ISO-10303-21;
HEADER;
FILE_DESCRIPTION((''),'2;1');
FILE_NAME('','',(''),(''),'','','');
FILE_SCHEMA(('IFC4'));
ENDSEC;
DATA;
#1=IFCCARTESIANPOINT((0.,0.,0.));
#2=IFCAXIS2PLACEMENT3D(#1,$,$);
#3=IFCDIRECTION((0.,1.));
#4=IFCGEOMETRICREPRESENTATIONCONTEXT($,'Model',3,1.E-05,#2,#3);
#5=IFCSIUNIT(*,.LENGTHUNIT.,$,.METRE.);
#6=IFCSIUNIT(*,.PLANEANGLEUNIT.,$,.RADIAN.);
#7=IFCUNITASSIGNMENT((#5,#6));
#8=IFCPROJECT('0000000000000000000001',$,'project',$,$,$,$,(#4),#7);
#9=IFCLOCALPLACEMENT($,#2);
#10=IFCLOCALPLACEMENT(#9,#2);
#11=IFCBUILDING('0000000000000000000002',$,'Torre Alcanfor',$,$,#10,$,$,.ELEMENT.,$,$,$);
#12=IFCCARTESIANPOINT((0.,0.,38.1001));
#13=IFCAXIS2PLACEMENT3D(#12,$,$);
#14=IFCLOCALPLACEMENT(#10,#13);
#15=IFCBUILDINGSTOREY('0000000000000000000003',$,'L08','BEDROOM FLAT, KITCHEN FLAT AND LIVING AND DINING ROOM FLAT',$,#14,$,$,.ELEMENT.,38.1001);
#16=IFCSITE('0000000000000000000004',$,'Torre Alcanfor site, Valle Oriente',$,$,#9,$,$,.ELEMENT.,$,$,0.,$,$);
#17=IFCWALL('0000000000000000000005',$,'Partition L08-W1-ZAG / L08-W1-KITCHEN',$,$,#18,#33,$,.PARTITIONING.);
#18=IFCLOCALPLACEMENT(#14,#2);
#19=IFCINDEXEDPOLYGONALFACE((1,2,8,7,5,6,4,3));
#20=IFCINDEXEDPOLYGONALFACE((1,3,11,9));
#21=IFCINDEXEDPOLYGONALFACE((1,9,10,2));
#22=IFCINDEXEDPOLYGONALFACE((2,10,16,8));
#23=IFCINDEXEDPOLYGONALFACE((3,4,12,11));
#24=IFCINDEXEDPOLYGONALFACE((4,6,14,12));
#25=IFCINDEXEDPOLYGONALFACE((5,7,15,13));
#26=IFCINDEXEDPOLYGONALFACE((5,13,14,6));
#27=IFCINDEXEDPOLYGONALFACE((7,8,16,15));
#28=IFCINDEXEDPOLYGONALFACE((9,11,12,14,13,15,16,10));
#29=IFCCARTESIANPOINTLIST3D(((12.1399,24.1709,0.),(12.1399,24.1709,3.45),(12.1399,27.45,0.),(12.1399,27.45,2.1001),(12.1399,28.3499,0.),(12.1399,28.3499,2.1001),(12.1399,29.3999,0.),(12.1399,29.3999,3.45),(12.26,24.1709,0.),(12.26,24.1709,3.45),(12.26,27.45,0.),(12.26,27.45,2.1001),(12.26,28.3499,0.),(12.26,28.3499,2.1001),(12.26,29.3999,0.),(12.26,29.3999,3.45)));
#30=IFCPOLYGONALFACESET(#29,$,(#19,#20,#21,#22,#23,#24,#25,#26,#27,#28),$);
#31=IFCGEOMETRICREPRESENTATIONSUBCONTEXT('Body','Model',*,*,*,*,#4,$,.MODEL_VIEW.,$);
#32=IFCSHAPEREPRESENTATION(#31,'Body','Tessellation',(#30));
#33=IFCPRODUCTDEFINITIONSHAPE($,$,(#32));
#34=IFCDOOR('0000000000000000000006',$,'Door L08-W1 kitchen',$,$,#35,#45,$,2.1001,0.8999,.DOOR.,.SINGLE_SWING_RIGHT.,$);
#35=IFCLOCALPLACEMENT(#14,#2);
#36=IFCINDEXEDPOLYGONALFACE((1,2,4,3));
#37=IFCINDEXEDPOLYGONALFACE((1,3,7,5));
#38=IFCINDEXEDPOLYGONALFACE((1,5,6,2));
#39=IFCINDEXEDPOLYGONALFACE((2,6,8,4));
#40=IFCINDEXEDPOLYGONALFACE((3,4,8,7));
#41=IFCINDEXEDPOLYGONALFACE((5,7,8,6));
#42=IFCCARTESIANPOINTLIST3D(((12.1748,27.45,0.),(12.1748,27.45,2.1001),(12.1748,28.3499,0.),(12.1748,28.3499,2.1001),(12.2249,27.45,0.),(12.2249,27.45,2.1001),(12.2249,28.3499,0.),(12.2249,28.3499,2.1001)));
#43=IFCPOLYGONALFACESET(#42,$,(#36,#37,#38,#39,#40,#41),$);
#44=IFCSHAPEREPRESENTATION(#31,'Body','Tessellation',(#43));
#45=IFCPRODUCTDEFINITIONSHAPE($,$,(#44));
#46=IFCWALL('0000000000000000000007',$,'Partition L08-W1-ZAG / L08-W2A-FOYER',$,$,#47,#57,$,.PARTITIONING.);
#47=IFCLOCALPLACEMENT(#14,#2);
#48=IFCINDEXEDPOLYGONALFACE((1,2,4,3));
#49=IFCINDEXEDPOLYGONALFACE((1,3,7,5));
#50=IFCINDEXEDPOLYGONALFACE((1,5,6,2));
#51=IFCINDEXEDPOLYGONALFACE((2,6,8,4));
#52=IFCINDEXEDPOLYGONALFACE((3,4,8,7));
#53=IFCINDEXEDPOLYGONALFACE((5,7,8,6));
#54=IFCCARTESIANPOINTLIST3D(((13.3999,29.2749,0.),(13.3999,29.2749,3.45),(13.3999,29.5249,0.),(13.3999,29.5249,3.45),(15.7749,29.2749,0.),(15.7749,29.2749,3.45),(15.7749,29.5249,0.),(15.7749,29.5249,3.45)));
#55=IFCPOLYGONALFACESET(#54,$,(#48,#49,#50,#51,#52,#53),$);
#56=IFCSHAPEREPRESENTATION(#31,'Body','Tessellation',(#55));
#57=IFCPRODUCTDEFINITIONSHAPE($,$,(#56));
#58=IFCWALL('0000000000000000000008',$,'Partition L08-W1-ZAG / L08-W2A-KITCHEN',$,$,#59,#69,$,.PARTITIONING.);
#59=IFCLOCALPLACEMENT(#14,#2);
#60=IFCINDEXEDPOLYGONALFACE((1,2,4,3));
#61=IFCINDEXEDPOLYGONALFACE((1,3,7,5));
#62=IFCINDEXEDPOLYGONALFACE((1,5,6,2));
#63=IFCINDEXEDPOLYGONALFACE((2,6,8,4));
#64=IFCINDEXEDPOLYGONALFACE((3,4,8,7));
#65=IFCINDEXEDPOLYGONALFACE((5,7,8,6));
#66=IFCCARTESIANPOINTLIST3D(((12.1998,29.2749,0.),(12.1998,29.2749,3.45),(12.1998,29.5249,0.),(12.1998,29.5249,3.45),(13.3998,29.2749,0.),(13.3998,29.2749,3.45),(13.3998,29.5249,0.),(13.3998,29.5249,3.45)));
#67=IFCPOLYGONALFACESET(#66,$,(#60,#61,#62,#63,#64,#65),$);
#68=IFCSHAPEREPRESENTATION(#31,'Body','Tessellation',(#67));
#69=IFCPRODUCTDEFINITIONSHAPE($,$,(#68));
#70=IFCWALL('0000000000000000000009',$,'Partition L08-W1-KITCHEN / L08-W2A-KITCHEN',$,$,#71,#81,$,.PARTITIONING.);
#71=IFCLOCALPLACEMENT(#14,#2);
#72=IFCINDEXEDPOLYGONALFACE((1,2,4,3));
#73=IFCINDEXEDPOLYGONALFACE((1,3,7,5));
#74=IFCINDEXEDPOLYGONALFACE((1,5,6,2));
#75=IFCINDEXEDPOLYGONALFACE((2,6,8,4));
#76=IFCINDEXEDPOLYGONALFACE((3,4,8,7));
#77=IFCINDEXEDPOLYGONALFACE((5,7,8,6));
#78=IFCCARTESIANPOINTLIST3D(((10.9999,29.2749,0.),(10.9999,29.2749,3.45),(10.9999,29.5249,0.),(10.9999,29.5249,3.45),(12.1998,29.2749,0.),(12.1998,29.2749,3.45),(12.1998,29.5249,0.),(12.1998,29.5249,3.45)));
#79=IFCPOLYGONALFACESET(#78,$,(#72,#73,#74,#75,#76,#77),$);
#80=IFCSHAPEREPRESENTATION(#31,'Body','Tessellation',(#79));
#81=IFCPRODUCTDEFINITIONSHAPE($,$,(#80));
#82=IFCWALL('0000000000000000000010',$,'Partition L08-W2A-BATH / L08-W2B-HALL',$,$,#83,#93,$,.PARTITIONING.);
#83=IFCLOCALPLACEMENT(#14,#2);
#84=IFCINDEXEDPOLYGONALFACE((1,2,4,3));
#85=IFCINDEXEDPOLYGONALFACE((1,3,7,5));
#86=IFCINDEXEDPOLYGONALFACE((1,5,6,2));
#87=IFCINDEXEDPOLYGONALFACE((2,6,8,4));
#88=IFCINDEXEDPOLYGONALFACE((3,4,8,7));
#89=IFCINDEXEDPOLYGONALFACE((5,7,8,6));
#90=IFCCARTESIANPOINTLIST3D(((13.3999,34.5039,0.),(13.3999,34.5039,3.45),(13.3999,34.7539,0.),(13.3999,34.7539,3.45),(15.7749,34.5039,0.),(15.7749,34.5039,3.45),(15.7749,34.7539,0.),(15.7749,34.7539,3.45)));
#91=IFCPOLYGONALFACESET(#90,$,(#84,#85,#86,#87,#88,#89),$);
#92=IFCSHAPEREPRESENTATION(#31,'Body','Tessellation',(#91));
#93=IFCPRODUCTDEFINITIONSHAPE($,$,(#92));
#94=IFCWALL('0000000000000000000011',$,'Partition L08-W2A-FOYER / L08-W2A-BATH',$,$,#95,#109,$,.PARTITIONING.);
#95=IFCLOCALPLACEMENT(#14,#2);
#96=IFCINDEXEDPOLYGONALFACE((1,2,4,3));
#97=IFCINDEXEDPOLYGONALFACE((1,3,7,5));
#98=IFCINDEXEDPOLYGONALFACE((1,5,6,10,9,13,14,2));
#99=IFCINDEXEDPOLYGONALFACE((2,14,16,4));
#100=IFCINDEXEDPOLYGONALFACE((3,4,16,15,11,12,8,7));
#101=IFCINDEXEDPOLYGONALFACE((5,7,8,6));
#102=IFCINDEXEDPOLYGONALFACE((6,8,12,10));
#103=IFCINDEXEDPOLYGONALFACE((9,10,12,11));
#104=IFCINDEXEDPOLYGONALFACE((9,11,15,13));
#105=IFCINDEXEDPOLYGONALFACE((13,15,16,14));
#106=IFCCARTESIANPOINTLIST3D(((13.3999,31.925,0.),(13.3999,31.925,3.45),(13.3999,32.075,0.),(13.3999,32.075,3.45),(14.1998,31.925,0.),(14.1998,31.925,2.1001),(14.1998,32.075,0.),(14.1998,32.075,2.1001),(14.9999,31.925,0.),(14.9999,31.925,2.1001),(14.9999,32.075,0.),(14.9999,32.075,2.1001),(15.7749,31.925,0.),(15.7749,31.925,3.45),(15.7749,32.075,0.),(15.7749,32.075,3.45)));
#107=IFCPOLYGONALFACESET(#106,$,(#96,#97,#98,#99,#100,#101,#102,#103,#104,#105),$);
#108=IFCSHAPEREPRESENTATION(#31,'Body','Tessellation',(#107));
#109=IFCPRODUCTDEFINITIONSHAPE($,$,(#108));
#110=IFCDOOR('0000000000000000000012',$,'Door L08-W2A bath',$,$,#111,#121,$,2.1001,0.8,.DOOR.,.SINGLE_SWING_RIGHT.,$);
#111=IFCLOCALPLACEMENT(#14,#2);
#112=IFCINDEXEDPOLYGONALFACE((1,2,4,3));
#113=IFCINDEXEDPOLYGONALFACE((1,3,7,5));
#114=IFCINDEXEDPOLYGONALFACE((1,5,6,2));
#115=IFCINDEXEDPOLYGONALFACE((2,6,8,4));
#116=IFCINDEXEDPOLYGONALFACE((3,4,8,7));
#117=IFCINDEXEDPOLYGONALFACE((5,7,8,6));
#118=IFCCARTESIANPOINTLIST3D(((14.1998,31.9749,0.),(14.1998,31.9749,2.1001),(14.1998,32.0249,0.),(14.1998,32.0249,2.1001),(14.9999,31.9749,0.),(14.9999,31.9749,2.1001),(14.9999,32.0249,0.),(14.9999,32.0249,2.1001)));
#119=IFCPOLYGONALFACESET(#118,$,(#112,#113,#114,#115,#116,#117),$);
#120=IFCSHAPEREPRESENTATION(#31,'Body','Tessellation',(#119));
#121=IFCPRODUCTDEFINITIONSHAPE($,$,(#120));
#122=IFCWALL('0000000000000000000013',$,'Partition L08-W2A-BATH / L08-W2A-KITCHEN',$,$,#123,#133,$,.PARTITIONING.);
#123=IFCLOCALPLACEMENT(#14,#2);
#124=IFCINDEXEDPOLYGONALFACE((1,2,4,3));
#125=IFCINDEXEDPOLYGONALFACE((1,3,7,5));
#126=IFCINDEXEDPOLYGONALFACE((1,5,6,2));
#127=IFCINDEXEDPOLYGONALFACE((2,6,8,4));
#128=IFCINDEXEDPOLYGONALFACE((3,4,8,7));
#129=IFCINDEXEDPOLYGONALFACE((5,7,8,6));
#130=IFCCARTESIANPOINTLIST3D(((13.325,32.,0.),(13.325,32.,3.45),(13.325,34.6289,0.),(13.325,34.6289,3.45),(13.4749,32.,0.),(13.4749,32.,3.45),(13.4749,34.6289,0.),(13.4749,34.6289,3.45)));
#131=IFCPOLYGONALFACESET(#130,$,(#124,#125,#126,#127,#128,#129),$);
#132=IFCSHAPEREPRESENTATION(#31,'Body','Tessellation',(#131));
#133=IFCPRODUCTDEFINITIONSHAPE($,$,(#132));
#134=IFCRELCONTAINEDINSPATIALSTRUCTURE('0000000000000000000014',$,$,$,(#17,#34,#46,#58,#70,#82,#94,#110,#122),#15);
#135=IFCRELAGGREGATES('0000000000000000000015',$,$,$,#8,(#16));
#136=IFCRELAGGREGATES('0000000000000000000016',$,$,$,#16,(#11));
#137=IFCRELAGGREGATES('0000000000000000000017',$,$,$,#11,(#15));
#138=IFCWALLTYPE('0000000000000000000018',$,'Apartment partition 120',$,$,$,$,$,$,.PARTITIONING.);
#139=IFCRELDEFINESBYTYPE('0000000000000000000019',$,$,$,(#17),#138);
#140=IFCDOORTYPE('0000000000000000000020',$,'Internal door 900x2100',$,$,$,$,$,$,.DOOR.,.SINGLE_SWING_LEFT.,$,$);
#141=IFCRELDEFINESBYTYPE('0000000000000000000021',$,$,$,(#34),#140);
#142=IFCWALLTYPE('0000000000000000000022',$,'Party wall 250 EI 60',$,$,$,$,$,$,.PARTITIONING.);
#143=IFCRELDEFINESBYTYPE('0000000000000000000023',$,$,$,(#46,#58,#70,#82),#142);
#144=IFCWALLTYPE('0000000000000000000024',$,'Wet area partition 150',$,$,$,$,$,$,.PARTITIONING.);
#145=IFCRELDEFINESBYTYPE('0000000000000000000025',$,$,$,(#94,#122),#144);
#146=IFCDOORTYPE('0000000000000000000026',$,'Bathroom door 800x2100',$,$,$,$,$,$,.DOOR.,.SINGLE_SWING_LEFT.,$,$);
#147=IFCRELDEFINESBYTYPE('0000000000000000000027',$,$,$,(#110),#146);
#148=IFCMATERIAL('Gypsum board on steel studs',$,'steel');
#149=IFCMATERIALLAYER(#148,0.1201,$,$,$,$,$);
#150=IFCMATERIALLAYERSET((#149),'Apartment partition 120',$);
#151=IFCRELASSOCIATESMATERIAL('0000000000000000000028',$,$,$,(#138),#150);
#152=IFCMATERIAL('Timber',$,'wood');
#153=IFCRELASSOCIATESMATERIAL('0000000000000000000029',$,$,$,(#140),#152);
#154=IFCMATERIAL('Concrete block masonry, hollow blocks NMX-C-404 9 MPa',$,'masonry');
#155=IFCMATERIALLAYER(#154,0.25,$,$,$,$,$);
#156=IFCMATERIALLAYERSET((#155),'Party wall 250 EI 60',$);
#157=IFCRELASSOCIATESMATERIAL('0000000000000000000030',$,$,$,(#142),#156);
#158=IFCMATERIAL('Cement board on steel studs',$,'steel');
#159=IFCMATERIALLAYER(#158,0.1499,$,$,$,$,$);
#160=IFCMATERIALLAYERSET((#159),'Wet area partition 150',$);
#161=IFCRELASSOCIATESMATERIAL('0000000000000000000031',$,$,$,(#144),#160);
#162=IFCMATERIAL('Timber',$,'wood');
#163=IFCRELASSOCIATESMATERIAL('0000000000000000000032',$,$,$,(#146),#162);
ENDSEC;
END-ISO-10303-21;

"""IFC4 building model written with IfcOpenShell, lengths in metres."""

from ifc_helpers import new_model, si_unit, direction, frame, frame_2d, origin, place, context, subcontext, project, spatial, rectangle, extrude, material, layer, layer_set, type_object, element, fill, save


model = new_model("IFC4")

# Units and contexts
model_context = context("Model", 3, precision=1e-05, world=origin(), true_north=direction((0.0, 1.0)))
body_context = subcontext(model_context, "Body", "Model", "MODEL_VIEW")
ifc_project = project(units=[si_unit("LENGTHUNIT", "METRE"), si_unit("PLANEANGLEUNIT", "RADIAN")], contexts=[model_context])

# Site, building, storey
site_placement = place(None, origin())
site = spatial("IfcSite", under=ifc_project, at=site_placement, Name="Torre Alcanfor site, Valle Oriente", CompositionType="ELEMENT", RefElevation=0.0)
building_placement = place(site_placement, origin())
building = spatial("IfcBuilding", under=site, at=building_placement, Name="Torre Alcanfor", CompositionType="ELEMENT")
storey_placement = place(building_placement, frame((0.0, 0.0, 38.1001)))
storey = spatial("IfcBuildingStorey", under=building, at=storey_placement, Name="L08", Description="BEDROOM FLAT, KITCHEN FLAT AND LIVING AND DINING ROOM FLAT", CompositionType="ELEMENT", Elevation=38.1001)

# Wall, opening, door
ifc_material_1 = material(Name="Gypsum board on steel studs", Category="steel")
ifc_layer_1 = layer(ifc_material_1, 0.1201)
ifc_layer_set_1 = layer_set([ifc_layer_1], Name="Apartment partition 120")
wall_type_1 = type_object("IfcWallType", Name="Apartment partition 120", PredefinedType="PARTITIONING", material=ifc_layer_set_1)
wall_1_placement = place(storey_placement, frame((12.2, 29.3999, 0.0), z_axis=(0.0, 0.0, 1.0), x_axis=(0.0, -1.0, 0.0)))
wall_1 = element("IfcWall", 1, at=wall_1_placement, inside=storey, type_object=wall_type_1, Name="Partition L08-W1-ZAG / L08-W1-KITCHEN", PredefinedType="PARTITIONING", context=body_context, shape_type="SweptSolid", body=[
    extrude(rectangle(XDim=5.229, YDim=0.1201, at=frame_2d((2.6145, 0.0))), origin(), (0.0, 0.0, 1.0), 3.45),
])
opening_1_placement = place(wall_1_placement, frame((1.05, 0.0, 0.0)))
opening_1 = element("IfcOpeningElement", 2, at=opening_1_placement, cuts=wall_1, PredefinedType="OPENING", context=body_context, shape_type="SweptSolid", body=[
    extrude(rectangle(XDim=0.8999, YDim=2.1001, at=frame_2d((0.45, 1.05))), frame((0.0, 0.0701, 0.0), z_axis=(0.0, -1.0, 0.0), x_axis=(1.0, 0.0, 0.0)), (0.0, 0.0, 1.0), 0.1401),
])
ifc_material_2 = material(Name="Timber", Category="wood")
door_type_1 = type_object("IfcDoorType", Name="Internal door 900x2100", OperationType="SINGLE_SWING_LEFT", PredefinedType="DOOR", material=ifc_material_2)
door_1_placement = place(opening_1_placement, frame((0.8999, 0.0, 0.0), z_axis=(0.0, 0.0, 1.0), x_axis=(-1.0, 0.0, 0.0)))
door_1 = element("IfcDoor", 3, at=door_1_placement, inside=storey, type_object=door_type_1, Name="Door L08-W1 kitchen", OperationType="SINGLE_SWING_RIGHT", OverallHeight=2.1001, OverallWidth=0.8999, PredefinedType="DOOR", context=body_context, shape_type="SweptSolid", body=[
    extrude(rectangle(XDim=0.8999, YDim=2.1001, at=frame_2d((0.45, 1.05))), frame((0.0, 0.0251, 0.0), z_axis=(0.0, -1.0, 0.0), x_axis=(1.0, 0.0, 0.0)), (0.0, 0.0, 1.0), 0.05),
])
fill(opening_1, door_1)

# Walls
ifc_material_3 = material(Name="Concrete block masonry, hollow blocks NMX-C-404 9 MPa", Category="masonry")
ifc_layer_2 = layer(ifc_material_3, 0.25)
ifc_layer_set_2 = layer_set([ifc_layer_2], Name="Party wall 250 EI 60")
wall_type_2 = type_object("IfcWallType", Name="Party wall 250 EI 60", PredefinedType="PARTITIONING", material=ifc_layer_set_2)
wall_2_placement = place(storey_placement, frame((15.7749, 29.3999, 0.0), z_axis=(0.0, 0.0, 1.0), x_axis=(-1.0, 0.0, 0.0)))
element("IfcWall", 4, at=wall_2_placement, inside=storey, type_object=wall_type_2, Name="Partition L08-W1-ZAG / L08-W2A-FOYER", PredefinedType="PARTITIONING", context=body_context, shape_type="SweptSolid", body=[
    extrude(rectangle(XDim=2.375, YDim=0.25, at=frame_2d((1.1875, 0.0))), origin(), (0.0, 0.0, 1.0), 3.45),
])
for number, where, z_axis, x_axis, name in (
    (5, (13.3999, 29.3999, 0.0), (0.0, 0.0, 1.0), (-1.0, 0.0, 0.0), "Partition L08-W1-ZAG / L08-W2A-KITCHEN"),
    (6, (12.2, 29.3999, 0.0), (0.0, 0.0, 1.0), (-1.0, 0.0, 0.0), "Partition L08-W1-KITCHEN / L08-W2A-KITCHEN"),
):
    element("IfcWall", number, at=place(storey_placement, frame(where, z_axis=z_axis, x_axis=x_axis)), inside=storey, type_object=wall_type_2, Name=name, PredefinedType="PARTITIONING", context=body_context, shape_type="SweptSolid", body=[
        extrude(rectangle(XDim=1.2, YDim=0.25, at=frame_2d((0.6001, 0.0))), origin(), (0.0, 0.0, 1.0), 3.45),
    ])
wall_3_placement = place(storey_placement, frame((13.3999, 34.6289, 0.0), z_axis=(0.0, 0.0, 1.0), x_axis=(1.0, 0.0, 0.0)))
element("IfcWall", 7, at=wall_3_placement, inside=storey, type_object=wall_type_2, Name="Partition L08-W2A-BATH / L08-W2B-HALL", PredefinedType="PARTITIONING", context=body_context, shape_type="SweptSolid", body=[
    extrude(rectangle(XDim=2.375, YDim=0.25, at=frame_2d((1.1875, 0.0))), origin(), (0.0, 0.0, 1.0), 3.45),
])

# Wall, opening, door
ifc_material_4 = material(Name="Cement board on steel studs", Category="steel")
ifc_layer_3 = layer(ifc_material_4, 0.1499)
ifc_layer_set_3 = layer_set([ifc_layer_3], Name="Wet area partition 150")
wall_type_3 = type_object("IfcWallType", Name="Wet area partition 150", PredefinedType="PARTITIONING", material=ifc_layer_set_3)
wall_4_placement = place(storey_placement, frame((13.3999, 32.0, 0.0), z_axis=(0.0, 0.0, 1.0), x_axis=(1.0, 0.0, 0.0)))
wall_4 = element("IfcWall", 8, at=wall_4_placement, inside=storey, type_object=wall_type_3, Name="Partition L08-W2A-FOYER / L08-W2A-BATH", PredefinedType="PARTITIONING", context=body_context, shape_type="SweptSolid", body=[
    extrude(rectangle(XDim=2.375, YDim=0.1499, at=frame_2d((1.1875, 0.0))), origin(), (0.0, 0.0, 1.0), 3.45),
])
opening_2_placement = place(wall_4_placement, frame((0.8, 0.0, 0.0)))
opening_2 = element("IfcOpeningElement", 9, at=opening_2_placement, cuts=wall_4, PredefinedType="OPENING", context=body_context, shape_type="SweptSolid", body=[
    extrude(rectangle(XDim=0.8, YDim=2.1001, at=frame_2d((0.3999, 1.05))), frame((0.0, 0.085, 0.0), z_axis=(0.0, -1.0, 0.0), x_axis=(1.0, 0.0, 0.0)), (0.0, 0.0, 1.0), 0.1699),
])
ifc_material_5 = material(Name="Timber", Category="wood")
door_type_2 = type_object("IfcDoorType", Name="Bathroom door 800x2100", OperationType="SINGLE_SWING_LEFT", PredefinedType="DOOR", material=ifc_material_5)
door_2_placement = place(opening_2_placement, origin())
door_2 = element("IfcDoor", 10, at=door_2_placement, inside=storey, type_object=door_type_2, Name="Door L08-W2A bath", OperationType="SINGLE_SWING_RIGHT", OverallHeight=2.1001, OverallWidth=0.8, PredefinedType="DOOR", context=body_context, shape_type="SweptSolid", body=[
    extrude(rectangle(XDim=0.8, YDim=2.1001, at=frame_2d((0.3999, 1.05))), frame((0.0, 0.0249, 0.0), z_axis=(0.0, -1.0, 0.0), x_axis=(1.0, 0.0, 0.0)), (0.0, 0.0, 1.0), 0.05),
])
fill(opening_2, door_2)

# Wall
wall_5_placement = place(storey_placement, frame((13.3999, 32.0, 0.0), z_axis=(0.0, 0.0, 1.0), x_axis=(0.0, 1.0, 0.0)))
element("IfcWall", 11, at=wall_5_placement, inside=storey, type_object=wall_type_3, Name="Partition L08-W2A-BATH / L08-W2A-KITCHEN", PredefinedType="PARTITIONING", context=body_context, shape_type="SweptSolid", body=[
    extrude(rectangle(XDim=2.6289, YDim=0.1499, at=frame_2d((1.3145, 0.0))), origin(), (0.0, 0.0, 1.0), 3.45),
])

save(model, "model.ifc")
